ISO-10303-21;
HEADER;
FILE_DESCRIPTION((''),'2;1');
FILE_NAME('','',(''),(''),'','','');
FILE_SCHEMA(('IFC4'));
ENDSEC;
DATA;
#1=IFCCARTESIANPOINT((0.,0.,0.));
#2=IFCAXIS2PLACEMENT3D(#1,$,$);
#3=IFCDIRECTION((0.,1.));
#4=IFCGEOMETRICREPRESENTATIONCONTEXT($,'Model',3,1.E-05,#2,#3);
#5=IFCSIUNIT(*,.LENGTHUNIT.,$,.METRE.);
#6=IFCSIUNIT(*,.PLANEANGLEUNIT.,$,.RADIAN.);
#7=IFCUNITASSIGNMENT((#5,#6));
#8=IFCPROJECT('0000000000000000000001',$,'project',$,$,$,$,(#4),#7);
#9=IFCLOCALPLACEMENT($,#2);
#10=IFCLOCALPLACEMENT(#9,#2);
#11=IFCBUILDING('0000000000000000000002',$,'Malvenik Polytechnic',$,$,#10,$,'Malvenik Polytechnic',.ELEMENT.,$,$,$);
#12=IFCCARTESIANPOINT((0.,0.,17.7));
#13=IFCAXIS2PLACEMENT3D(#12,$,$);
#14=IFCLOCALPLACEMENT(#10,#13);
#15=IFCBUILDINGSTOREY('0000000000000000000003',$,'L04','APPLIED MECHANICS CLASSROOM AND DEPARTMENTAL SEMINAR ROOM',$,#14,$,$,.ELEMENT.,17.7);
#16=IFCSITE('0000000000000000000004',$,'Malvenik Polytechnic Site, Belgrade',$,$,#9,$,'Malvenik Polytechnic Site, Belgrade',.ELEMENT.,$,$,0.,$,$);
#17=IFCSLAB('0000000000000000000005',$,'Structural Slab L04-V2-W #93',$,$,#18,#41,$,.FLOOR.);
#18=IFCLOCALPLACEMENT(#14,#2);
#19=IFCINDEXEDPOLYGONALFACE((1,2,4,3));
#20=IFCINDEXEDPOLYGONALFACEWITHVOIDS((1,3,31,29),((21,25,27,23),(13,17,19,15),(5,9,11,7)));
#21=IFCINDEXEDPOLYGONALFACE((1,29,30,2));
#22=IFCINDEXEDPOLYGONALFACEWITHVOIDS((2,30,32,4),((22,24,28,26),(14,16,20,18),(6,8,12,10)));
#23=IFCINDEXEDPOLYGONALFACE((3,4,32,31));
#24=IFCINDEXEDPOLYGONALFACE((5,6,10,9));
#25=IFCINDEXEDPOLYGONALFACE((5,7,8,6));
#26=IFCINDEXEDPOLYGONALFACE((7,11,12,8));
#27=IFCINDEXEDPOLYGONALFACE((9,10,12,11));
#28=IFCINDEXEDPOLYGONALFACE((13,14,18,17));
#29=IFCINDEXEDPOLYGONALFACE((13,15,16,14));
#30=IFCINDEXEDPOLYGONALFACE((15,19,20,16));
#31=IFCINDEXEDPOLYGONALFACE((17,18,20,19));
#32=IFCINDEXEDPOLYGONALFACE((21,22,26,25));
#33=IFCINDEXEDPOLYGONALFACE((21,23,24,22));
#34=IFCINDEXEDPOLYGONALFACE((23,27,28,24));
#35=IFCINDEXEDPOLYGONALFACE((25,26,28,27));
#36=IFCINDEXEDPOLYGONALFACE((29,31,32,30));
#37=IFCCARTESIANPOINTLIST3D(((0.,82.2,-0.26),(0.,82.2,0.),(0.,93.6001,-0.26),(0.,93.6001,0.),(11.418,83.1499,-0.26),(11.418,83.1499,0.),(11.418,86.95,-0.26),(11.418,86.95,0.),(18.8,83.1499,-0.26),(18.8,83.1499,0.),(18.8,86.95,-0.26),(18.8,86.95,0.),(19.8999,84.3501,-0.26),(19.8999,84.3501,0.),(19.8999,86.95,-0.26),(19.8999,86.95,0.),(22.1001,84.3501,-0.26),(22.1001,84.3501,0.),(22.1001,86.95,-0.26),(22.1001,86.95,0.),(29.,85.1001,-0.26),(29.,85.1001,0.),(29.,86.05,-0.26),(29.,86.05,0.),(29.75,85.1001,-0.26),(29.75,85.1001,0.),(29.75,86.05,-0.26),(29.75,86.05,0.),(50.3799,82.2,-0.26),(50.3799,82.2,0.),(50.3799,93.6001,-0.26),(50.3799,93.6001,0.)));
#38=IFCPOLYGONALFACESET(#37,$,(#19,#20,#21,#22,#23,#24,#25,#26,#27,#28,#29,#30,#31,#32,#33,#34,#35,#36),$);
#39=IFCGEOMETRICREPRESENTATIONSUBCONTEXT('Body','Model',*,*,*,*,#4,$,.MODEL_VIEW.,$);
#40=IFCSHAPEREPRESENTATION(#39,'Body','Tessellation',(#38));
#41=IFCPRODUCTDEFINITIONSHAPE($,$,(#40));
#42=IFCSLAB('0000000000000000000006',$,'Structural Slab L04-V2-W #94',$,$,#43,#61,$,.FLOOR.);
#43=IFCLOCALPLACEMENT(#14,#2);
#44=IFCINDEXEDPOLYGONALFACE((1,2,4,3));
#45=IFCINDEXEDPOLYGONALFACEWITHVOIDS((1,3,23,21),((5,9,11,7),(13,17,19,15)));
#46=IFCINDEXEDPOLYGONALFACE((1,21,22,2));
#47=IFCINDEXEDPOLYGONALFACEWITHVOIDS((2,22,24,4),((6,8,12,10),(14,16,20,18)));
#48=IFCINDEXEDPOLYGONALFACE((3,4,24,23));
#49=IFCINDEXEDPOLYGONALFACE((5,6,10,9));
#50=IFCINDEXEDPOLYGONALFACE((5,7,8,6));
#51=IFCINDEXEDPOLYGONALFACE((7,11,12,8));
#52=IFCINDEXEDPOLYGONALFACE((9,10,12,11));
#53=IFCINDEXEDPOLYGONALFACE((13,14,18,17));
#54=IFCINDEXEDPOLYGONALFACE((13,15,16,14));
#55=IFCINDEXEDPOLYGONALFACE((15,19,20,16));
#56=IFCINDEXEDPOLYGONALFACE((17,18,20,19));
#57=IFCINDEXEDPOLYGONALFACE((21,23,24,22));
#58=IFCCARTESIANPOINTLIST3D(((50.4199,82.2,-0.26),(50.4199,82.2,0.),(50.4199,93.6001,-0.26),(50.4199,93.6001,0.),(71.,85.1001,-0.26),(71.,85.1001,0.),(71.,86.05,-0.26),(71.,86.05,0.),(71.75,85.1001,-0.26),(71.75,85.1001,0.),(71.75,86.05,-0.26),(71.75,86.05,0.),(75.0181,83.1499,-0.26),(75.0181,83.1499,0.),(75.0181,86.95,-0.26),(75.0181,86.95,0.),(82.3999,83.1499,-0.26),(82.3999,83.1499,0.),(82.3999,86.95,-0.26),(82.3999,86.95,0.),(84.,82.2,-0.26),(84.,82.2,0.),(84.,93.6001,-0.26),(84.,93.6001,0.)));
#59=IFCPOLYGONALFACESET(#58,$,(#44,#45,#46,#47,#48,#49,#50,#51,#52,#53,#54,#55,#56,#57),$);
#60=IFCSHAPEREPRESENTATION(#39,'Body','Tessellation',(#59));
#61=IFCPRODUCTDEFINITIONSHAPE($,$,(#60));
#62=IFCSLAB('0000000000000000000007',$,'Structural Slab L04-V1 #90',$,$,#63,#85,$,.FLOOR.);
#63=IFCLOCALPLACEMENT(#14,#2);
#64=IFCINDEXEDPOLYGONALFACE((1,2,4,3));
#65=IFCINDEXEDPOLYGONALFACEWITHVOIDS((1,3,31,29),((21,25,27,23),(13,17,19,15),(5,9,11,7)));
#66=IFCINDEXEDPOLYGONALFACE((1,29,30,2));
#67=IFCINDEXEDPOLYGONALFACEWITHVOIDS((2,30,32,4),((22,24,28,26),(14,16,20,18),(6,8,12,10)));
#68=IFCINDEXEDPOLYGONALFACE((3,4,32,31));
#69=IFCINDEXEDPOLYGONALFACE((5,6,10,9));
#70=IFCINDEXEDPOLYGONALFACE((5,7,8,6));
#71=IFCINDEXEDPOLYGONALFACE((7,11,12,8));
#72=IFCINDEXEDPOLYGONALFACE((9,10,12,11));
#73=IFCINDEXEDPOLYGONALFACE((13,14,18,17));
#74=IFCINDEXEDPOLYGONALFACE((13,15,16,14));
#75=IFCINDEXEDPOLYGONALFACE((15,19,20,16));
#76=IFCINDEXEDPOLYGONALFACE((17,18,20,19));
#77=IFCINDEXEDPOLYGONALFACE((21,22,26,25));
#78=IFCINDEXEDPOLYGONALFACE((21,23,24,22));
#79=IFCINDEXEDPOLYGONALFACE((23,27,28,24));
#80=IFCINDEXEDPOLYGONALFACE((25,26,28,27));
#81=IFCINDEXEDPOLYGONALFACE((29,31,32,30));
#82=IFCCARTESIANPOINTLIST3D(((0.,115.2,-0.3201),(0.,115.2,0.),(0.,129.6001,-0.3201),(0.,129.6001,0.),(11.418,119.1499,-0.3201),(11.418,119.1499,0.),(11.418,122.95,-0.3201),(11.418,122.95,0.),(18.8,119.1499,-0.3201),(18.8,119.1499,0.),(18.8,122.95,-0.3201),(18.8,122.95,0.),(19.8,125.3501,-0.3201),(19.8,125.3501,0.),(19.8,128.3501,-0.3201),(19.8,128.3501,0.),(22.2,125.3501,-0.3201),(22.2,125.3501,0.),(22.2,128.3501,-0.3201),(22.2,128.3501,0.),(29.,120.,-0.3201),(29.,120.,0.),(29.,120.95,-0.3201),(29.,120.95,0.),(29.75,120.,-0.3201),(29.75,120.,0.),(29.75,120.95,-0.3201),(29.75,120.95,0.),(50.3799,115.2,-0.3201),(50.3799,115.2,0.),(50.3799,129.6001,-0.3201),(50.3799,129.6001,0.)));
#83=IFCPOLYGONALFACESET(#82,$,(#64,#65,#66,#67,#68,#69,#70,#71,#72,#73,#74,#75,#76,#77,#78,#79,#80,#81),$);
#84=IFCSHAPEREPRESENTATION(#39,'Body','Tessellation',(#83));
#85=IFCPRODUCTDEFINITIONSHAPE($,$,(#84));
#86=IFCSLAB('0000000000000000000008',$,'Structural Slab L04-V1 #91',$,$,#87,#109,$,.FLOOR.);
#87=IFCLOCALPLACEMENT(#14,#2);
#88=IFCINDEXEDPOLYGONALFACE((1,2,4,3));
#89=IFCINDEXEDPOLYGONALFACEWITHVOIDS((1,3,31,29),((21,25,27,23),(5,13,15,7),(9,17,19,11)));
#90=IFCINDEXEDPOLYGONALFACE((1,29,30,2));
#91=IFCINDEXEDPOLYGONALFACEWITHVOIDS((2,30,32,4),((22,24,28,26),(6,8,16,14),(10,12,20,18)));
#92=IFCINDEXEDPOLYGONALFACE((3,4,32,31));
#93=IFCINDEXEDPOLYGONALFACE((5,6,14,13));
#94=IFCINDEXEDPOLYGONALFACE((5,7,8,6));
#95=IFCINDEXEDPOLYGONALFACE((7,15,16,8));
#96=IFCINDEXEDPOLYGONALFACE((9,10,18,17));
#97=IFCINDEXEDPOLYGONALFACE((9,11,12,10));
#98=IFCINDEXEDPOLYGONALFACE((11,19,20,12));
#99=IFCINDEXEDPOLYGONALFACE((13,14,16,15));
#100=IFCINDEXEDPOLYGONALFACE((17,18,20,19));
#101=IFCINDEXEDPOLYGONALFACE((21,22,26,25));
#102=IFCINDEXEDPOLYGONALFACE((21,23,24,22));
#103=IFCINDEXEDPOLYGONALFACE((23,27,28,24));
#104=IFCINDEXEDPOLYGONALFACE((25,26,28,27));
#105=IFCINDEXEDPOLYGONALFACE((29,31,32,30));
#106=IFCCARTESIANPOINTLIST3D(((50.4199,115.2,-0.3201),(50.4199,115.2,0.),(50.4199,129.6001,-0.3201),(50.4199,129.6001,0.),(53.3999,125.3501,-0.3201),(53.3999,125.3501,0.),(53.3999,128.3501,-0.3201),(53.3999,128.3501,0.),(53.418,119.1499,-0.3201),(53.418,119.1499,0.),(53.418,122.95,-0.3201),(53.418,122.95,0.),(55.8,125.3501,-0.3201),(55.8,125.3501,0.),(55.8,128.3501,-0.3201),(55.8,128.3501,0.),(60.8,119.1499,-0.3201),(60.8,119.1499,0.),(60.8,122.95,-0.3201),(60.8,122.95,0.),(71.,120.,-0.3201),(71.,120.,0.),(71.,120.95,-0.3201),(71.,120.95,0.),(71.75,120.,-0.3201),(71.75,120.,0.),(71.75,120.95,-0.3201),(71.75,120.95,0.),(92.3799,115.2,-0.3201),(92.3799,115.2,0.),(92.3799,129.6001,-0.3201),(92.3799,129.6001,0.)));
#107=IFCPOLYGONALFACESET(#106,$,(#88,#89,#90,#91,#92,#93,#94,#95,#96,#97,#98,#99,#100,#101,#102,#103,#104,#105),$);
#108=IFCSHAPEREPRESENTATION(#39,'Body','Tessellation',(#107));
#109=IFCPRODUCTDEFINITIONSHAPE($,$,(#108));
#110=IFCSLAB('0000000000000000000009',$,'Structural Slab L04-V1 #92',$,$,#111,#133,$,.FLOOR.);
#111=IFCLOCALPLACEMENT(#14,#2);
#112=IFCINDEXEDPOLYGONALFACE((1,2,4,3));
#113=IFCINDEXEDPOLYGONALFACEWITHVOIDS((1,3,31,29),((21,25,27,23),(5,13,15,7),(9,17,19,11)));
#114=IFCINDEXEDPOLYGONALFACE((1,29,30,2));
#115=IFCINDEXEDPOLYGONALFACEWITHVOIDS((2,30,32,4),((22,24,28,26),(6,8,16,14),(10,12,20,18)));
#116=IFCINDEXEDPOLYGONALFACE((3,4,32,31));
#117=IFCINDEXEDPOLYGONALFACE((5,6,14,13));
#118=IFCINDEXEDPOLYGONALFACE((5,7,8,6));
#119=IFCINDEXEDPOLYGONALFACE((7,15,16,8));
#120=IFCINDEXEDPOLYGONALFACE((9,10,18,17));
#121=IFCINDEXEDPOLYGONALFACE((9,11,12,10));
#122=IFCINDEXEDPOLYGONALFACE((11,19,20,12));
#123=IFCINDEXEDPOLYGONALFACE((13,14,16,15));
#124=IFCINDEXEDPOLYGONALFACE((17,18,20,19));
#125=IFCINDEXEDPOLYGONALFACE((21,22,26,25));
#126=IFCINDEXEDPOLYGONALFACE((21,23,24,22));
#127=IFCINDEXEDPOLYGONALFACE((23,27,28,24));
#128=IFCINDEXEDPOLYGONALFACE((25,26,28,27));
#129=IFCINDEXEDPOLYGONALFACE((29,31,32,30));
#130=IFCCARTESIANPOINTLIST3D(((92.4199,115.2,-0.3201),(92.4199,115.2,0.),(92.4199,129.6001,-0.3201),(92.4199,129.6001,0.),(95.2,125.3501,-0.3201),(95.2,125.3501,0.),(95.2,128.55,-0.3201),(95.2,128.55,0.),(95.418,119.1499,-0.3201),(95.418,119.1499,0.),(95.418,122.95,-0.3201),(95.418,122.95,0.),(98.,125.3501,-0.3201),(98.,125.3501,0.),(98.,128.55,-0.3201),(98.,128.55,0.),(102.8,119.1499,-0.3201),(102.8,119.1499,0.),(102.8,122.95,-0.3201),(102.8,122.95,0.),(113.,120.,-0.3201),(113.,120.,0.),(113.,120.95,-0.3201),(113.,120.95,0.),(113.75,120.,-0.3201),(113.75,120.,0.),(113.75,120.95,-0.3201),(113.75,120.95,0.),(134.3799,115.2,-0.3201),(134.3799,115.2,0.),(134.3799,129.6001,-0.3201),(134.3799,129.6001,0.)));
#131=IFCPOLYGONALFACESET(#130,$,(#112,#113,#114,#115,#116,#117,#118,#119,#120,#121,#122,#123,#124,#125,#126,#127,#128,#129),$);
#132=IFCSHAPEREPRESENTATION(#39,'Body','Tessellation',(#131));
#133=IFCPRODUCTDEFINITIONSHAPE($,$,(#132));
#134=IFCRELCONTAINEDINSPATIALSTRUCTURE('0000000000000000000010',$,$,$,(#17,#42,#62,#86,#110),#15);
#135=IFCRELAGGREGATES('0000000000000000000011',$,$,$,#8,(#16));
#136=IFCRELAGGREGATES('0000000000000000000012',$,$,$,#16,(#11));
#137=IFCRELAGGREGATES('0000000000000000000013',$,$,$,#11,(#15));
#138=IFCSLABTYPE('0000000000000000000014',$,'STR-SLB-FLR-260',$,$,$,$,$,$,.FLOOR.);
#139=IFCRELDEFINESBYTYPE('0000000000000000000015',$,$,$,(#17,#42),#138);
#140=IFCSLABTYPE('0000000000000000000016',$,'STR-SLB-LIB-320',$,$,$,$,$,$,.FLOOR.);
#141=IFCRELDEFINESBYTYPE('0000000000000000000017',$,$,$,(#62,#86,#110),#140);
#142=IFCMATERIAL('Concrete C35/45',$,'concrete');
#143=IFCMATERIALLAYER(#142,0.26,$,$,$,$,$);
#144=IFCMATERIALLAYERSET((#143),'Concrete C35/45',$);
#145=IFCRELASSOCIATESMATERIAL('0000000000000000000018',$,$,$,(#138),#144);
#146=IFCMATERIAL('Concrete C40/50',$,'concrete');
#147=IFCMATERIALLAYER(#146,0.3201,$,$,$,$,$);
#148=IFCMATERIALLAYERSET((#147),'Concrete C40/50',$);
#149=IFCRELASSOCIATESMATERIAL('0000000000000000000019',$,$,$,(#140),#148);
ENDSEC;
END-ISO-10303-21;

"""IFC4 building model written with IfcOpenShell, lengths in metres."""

from ifc_helpers import new_model, si_unit, direction, frame, origin, place, context, subcontext, project, spatial, polyline, outline, extrude, material, layer, layer_set, type_object, element, save


model = new_model("IFC4")

# Units and contexts
model_context = context("Model", 3, precision=1e-05, world=origin(), true_north=direction((0.0, 1.0)))
body_context = subcontext(model_context, "Body", "Model", "MODEL_VIEW")
ifc_project = project(units=[si_unit("LENGTHUNIT", "METRE"), si_unit("PLANEANGLEUNIT", "RADIAN")], contexts=[model_context])

# Site, building, storey
site_placement = place(None, origin())
site = spatial("IfcSite", under=ifc_project, at=site_placement, Name="Malvenik Polytechnic Site, Belgrade", LongName="Malvenik Polytechnic Site, Belgrade", CompositionType="ELEMENT", RefElevation=0.0)
building_placement = place(site_placement, origin())
building = spatial("IfcBuilding", under=site, at=building_placement, Name="Malvenik Polytechnic", LongName="Malvenik Polytechnic", CompositionType="ELEMENT")
storey_placement = place(building_placement, frame((0.0, 0.0, 17.7)))
storey = spatial("IfcBuildingStorey", under=building, at=storey_placement, Name="L04", Description="APPLIED MECHANICS CLASSROOM AND DEPARTMENTAL SEMINAR ROOM", CompositionType="ELEMENT", Elevation=17.7)

# Shared definitions
ifc_material_1 = material(Name="Concrete C35/45", Category="concrete")

# Slabs
ifc_layer_1 = layer(ifc_material_1, 0.26)
ifc_layer_set_1 = layer_set([ifc_layer_1], Name="Concrete C35/45")
slab_type_1 = type_object("IfcSlabType", Name="STR-SLB-FLR-260", PredefinedType="FLOOR", material=ifc_layer_set_1)
slab_1_placement = place(storey_placement, frame((0.0, 0.0, -0.26)))
element("IfcSlab", 1, at=slab_1_placement, inside=storey, type_object=slab_type_1, Name="Structural Slab L04-V2-W #93", PredefinedType="FLOOR", context=body_context, shape_type="SweptSolid", body=[
    extrude(outline(polyline([(50.3799, 93.6001), (50.3799, 82.2), (0.0, 82.2), (0.0, 93.6001), (50.3799, 93.6001)]), holes=[polyline([(11.418, 86.95), (11.418, 83.1499), (18.8, 83.1499), (18.8, 86.95), (11.418, 86.95)]), polyline([(29.0, 86.05), (29.0, 85.1001), (29.75, 85.1001), (29.75, 86.05), (29.0, 86.05)]), polyline([(19.8999, 86.95), (19.8999, 84.3501), (22.1001, 84.3501), (22.1001, 86.95), (19.8999, 86.95)])]), origin(), (0.0, 0.0, 1.0), 0.26),
])
slab_2_placement = place(storey_placement, frame((0.0, 0.0, -0.26)))
element("IfcSlab", 2, at=slab_2_placement, inside=storey, type_object=slab_type_1, Name="Structural Slab L04-V2-W #94", PredefinedType="FLOOR", context=body_context, shape_type="SweptSolid", body=[
    extrude(outline(polyline([(84.0, 93.6001), (84.0, 82.2), (50.4199, 82.2), (50.4199, 93.6001), (84.0, 93.6001)]), holes=[polyline([(75.0181, 86.95), (75.0181, 83.1499), (82.3999, 83.1499), (82.3999, 86.95), (75.0181, 86.95)]), polyline([(71.0, 86.05), (71.0, 85.1001), (71.75, 85.1001), (71.75, 86.05), (71.0, 86.05)])]), origin(), (0.0, 0.0, 1.0), 0.26),
])
ifc_material_2 = material(Name="Concrete C40/50", Category="concrete")
ifc_layer_2 = layer(ifc_material_2, 0.3201)
ifc_layer_set_2 = layer_set([ifc_layer_2], Name="Concrete C40/50")
slab_type_2 = type_object("IfcSlabType", Name="STR-SLB-LIB-320", PredefinedType="FLOOR", material=ifc_layer_set_2)
slab_3_placement = place(storey_placement, frame((0.0, 0.0, -0.3201)))
element("IfcSlab", 3, at=slab_3_placement, inside=storey, type_object=slab_type_2, Name="Structural Slab L04-V1 #90", PredefinedType="FLOOR", context=body_context, shape_type="SweptSolid", body=[
    extrude(outline(polyline([(0.0, 129.6001), (50.3799, 129.6001), (50.3799, 115.2), (0.0, 115.2), (0.0, 129.6001)]), holes=[polyline([(29.0, 120.95), (29.0, 120.0), (29.75, 120.0), (29.75, 120.95), (29.0, 120.95)]), polyline([(18.8, 122.95), (11.418, 122.95), (11.418, 119.1499), (18.8, 119.1499), (18.8, 122.95)]), polyline([(19.8, 128.3501), (19.8, 125.3501), (22.2, 125.3501), (22.2, 128.3501), (19.8, 128.3501)])]), origin(), (0.0, 0.0, 1.0), 0.3201),
])
slab_4_placement = place(storey_placement, frame((0.0, 0.0, -0.3201)))
element("IfcSlab", 4, at=slab_4_placement, inside=storey, type_object=slab_type_2, Name="Structural Slab L04-V1 #91", PredefinedType="FLOOR", context=body_context, shape_type="SweptSolid", body=[
    extrude(outline(polyline([(92.3799, 129.6001), (92.3799, 115.2), (50.4199, 115.2), (50.4199, 129.6001), (92.3799, 129.6001)]), holes=[polyline([(53.3999, 128.3501), (53.3999, 125.3501), (55.8, 125.3501), (55.8, 128.3501), (53.3999, 128.3501)]), polyline([(71.0, 120.95), (71.0, 120.0), (71.75, 120.0), (71.75, 120.95), (71.0, 120.95)]), polyline([(60.8, 122.95), (53.418, 122.95), (53.418, 119.1499), (60.8, 119.1499), (60.8, 122.95)])]), origin(), (0.0, 0.0, 1.0), 0.3201),
])
slab_5_placement = place(storey_placement, frame((0.0, 0.0, -0.3201)))
element("IfcSlab", 5, at=slab_5_placement, inside=storey, type_object=slab_type_2, Name="Structural Slab L04-V1 #92", PredefinedType="FLOOR", context=body_context, shape_type="SweptSolid", body=[
    extrude(outline(polyline([(134.3799, 129.6001), (134.3799, 115.2), (92.4199, 115.2), (92.4199, 129.6001), (134.3799, 129.6001)]), holes=[polyline([(113.0, 120.95), (113.0, 120.0), (113.75, 120.0), (113.75, 120.95), (113.0, 120.95)]), polyline([(102.8, 122.95), (95.418, 122.95), (95.418, 119.1499), (102.8, 119.1499), (102.8, 122.95)]), polyline([(95.2, 128.55), (95.2, 125.3501), (98.0, 125.3501), (98.0, 128.55), (95.2, 128.55)])]), origin(), (0.0, 0.0, 1.0), 0.3201),
])

save(model, "model.ifc")
